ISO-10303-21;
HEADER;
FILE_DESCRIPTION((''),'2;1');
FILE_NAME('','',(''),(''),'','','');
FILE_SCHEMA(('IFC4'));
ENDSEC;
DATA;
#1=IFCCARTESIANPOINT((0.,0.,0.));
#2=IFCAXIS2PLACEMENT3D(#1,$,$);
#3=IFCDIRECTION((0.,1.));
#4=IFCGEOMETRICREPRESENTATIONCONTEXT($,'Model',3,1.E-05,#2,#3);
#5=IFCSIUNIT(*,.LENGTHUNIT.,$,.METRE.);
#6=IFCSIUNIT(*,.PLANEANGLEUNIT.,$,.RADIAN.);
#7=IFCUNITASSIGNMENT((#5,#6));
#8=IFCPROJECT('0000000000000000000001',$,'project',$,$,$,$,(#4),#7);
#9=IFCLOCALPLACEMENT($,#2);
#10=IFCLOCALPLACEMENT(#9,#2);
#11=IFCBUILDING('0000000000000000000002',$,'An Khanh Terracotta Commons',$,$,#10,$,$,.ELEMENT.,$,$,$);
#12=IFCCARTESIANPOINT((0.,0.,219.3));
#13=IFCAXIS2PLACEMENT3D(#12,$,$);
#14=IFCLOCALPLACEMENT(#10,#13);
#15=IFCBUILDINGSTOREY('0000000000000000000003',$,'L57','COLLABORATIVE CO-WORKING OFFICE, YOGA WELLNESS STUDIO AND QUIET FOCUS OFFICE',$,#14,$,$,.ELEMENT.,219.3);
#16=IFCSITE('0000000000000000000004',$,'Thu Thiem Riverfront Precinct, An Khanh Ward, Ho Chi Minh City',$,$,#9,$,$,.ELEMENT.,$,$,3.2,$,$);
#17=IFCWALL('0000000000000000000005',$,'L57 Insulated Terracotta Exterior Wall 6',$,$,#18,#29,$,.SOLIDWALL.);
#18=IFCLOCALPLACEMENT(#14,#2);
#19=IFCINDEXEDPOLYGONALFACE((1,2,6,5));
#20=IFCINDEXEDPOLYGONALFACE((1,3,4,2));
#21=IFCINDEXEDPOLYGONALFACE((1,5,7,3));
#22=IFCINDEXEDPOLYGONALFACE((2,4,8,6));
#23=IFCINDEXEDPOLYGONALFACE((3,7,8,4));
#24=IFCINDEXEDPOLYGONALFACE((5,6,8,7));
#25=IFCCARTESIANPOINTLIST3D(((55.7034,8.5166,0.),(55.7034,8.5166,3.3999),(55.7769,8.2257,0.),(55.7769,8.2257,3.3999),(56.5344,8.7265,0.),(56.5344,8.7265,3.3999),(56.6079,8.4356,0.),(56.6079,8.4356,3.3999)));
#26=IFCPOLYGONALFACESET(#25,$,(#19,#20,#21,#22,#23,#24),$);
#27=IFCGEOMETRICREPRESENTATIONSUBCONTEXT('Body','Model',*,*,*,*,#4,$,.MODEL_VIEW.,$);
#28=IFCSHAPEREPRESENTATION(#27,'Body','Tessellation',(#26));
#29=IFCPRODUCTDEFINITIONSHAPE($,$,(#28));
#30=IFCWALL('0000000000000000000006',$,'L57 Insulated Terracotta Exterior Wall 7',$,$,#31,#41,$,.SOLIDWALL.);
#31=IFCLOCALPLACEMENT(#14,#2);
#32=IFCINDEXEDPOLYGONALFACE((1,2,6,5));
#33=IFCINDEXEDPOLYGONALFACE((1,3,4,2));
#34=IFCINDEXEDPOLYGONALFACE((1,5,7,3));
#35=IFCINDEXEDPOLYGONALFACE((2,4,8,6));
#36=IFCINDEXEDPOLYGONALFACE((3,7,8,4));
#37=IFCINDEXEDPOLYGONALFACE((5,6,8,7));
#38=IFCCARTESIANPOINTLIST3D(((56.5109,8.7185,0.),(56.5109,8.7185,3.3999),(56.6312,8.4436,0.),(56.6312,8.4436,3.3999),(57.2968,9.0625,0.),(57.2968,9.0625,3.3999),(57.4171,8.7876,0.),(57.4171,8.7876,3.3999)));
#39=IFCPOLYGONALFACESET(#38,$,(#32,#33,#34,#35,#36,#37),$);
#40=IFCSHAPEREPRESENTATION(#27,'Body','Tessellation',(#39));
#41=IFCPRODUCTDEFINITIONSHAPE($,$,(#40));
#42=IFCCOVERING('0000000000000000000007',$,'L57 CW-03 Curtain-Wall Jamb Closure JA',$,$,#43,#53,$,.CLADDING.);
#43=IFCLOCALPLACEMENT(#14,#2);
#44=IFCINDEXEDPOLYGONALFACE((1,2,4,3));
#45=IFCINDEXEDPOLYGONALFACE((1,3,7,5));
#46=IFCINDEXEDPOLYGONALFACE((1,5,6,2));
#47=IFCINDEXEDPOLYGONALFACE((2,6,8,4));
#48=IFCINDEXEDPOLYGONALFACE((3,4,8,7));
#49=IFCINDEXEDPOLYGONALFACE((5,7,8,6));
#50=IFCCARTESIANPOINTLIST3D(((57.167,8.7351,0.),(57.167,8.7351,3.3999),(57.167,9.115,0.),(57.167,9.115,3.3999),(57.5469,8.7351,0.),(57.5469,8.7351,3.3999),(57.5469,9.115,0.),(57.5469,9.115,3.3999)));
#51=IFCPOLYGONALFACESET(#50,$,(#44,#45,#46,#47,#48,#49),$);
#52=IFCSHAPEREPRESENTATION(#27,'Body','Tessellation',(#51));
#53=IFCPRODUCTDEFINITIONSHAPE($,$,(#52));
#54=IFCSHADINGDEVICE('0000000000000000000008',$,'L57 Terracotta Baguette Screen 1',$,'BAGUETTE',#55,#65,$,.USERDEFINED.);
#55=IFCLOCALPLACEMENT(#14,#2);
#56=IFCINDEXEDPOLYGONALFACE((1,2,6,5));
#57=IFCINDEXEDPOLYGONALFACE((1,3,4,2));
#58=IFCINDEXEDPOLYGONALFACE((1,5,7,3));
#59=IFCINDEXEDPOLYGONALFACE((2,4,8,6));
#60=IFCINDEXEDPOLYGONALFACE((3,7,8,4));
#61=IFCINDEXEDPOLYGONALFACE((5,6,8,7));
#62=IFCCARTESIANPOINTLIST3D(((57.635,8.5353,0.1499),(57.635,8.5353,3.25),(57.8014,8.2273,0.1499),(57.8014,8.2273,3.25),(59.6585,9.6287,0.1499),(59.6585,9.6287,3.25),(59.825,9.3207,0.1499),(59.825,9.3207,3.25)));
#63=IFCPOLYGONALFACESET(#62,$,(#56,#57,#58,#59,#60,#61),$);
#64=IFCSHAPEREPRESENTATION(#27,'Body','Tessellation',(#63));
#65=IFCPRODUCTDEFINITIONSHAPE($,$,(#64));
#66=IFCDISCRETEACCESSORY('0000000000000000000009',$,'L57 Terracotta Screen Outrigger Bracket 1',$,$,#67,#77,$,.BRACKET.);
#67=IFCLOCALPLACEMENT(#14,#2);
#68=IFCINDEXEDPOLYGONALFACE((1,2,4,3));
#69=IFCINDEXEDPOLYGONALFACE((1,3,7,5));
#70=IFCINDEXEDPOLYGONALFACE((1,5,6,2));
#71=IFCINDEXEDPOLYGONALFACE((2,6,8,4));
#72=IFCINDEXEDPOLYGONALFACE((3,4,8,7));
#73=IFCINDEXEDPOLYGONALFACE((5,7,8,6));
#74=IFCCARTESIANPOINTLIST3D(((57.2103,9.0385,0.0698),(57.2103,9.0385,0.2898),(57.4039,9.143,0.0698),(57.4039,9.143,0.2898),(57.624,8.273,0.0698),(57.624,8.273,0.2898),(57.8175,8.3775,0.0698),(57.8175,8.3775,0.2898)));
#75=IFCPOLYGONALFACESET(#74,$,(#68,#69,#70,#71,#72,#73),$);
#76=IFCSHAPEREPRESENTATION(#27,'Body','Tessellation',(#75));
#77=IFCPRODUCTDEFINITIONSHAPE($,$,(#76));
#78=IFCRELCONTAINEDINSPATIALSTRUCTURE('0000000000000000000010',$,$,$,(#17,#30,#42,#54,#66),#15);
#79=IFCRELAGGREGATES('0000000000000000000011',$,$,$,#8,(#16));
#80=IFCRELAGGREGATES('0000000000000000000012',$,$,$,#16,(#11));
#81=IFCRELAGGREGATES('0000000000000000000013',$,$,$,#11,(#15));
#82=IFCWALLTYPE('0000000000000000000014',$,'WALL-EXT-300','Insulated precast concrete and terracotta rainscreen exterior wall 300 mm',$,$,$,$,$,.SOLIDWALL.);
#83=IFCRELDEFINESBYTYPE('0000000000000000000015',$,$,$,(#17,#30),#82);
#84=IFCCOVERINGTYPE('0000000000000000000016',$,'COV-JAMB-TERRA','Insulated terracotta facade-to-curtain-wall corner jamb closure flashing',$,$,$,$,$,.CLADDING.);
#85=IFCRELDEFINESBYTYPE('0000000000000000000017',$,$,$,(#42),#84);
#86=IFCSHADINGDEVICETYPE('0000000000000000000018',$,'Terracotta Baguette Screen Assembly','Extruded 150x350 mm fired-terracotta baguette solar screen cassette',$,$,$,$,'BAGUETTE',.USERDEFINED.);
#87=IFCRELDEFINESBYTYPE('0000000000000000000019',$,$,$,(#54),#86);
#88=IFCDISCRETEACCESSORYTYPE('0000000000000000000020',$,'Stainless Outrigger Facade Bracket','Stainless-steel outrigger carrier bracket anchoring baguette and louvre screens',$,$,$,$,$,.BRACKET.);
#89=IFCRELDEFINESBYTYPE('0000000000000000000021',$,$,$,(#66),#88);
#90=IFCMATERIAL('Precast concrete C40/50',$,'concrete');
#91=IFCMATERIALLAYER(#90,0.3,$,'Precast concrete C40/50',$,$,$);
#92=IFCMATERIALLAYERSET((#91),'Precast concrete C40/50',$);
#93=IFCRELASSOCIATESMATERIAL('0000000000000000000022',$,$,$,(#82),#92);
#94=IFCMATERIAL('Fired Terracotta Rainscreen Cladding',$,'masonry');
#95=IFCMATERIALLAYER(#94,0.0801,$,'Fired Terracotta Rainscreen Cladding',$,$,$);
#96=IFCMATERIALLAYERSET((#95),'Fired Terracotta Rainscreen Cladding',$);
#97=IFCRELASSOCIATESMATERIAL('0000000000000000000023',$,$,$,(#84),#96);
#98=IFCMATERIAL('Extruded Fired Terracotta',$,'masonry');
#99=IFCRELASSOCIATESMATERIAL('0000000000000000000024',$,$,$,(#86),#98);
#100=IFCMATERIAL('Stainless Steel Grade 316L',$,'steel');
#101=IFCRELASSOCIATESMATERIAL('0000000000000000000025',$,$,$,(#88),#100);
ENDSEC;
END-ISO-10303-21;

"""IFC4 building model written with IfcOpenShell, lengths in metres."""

from ifc_helpers import new_model, si_unit, direction, frame, frame_2d, origin, origin_2d, place, context, subcontext, project, spatial, rectangle, extrude, material, layer, layer_set, type_object, element, save


model = new_model("IFC4")

# Units and contexts
model_context = context("Model", 3, precision=1e-05, world=origin(), true_north=direction((0.0, 1.0)))
body_context = subcontext(model_context, "Body", "Model", "MODEL_VIEW")
ifc_project = project(units=[si_unit("LENGTHUNIT", "METRE"), si_unit("PLANEANGLEUNIT", "RADIAN")], contexts=[model_context])

# Site, building, storey
site_placement = place(None, origin())
site = spatial("IfcSite", under=ifc_project, at=site_placement, Name="Thu Thiem Riverfront Precinct, An Khanh Ward, Ho Chi Minh City", CompositionType="ELEMENT", RefElevation=3.2)
building_placement = place(site_placement, origin())
building = spatial("IfcBuilding", under=site, at=building_placement, Name="An Khanh Terracotta Commons", CompositionType="ELEMENT")
storey_placement = place(building_placement, frame((0.0, 0.0, 219.3)))
storey = spatial("IfcBuildingStorey", under=building, at=storey_placement, Name="L57", Description="COLLABORATIVE CO-WORKING OFFICE, YOGA WELLNESS STUDIO AND QUIET FOCUS OFFICE", CompositionType="ELEMENT", Elevation=219.3)

# Walls
ifc_material_1 = material(Name="Precast concrete C40/50", Category="concrete")
ifc_layer_1 = layer(ifc_material_1, 0.3, Name="Precast concrete C40/50")
ifc_layer_set_1 = layer_set([ifc_layer_1], Name="Precast concrete C40/50")
wall_type_1 = type_object("IfcWallType", Name="WALL-EXT-300", Description="Insulated precast concrete and terracotta rainscreen exterior wall 300 mm", PredefinedType="SOLIDWALL", material=ifc_layer_set_1)
wall_1_placement = place(storey_placement, frame((55.74, 8.3711, 0.0), z_axis=(0.0, 0.0, 1.0), x_axis=(0.969536, 0.244947, 0.0)))
element("IfcWall", 1, at=wall_1_placement, inside=storey, type_object=wall_type_1, Name="L57 Insulated Terracotta Exterior Wall 6", PredefinedType="SOLIDWALL", context=body_context, shape_type="SweptSolid", body=[
    extrude(rectangle(XDim=0.8572, YDim=0.3, at=frame_2d((0.4287, 0.0))), origin(), (0.0, 0.0, 1.0), 3.3999),
])
wall_2_placement = place(storey_placement, frame((56.571, 8.5811, 0.0), z_axis=(0.0, 0.0, 1.0), x_axis=(0.916085, 0.400983, 0.0)))
element("IfcWall", 2, at=wall_2_placement, inside=storey, type_object=wall_type_1, Name="L57 Insulated Terracotta Exterior Wall 7", PredefinedType="SOLIDWALL", context=body_context, shape_type="SweptSolid", body=[
    extrude(rectangle(XDim=0.8579, YDim=0.3, at=frame_2d((0.429, 0.0))), origin(), (0.0, 0.0, 1.0), 3.3999),
])

# Covering
ifc_material_2 = material(Name="Fired Terracotta Rainscreen Cladding", Category="masonry")
ifc_layer_2 = layer(ifc_material_2, 0.0801, Name="Fired Terracotta Rainscreen Cladding")
ifc_layer_set_2 = layer_set([ifc_layer_2], Name="Fired Terracotta Rainscreen Cladding")
covering_type = type_object("IfcCoveringType", Name="COV-JAMB-TERRA", Description="Insulated terracotta facade-to-curtain-wall corner jamb closure flashing", PredefinedType="CLADDING", material=ifc_layer_set_2)
covering_placement = place(storey_placement, frame((57.3569, 8.925, 0.0), z_axis=(0.0, 0.0, 1.0), x_axis=(1.0, 0.0, 0.0)))
element("IfcCovering", 3, at=covering_placement, inside=storey, type_object=covering_type, Name="L57 CW-03 Curtain-Wall Jamb Closure JA", PredefinedType="CLADDING", context=body_context, shape_type="SweptSolid", body=[
    extrude(rectangle(XDim=0.3799, YDim=0.3799, at=origin_2d()), origin(), (0.0, 0.0, 1.0), 3.3999),
])

# Shading device
ifc_material_3 = material(Name="Extruded Fired Terracotta", Category="masonry")
shading_device_type = type_object("IfcShadingDeviceType", Name="Terracotta Baguette Screen Assembly", Description="Extruded 150x350 mm fired-terracotta baguette solar screen cassette", ElementType="BAGUETTE", PredefinedType="USERDEFINED", material=ifc_material_3)
shading_device_placement = place(storey_placement, frame((58.73, 8.928, 0.1499), z_axis=(0.0, 0.0, 1.0), x_axis=(0.87978, 0.475381, 0.0)))
element("IfcShadingDevice", 4, at=shading_device_placement, inside=storey, type_object=shading_device_type, Name="L57 Terracotta Baguette Screen 1", ObjectType="BAGUETTE", PredefinedType="USERDEFINED", context=body_context, shape_type="SweptSolid", body=[
    extrude(rectangle(XDim=2.3, YDim=0.3501, at=origin_2d()), origin(), (0.0, 0.0, 1.0), 3.1001),
])

# Discrete accessory
ifc_material_4 = material(Name="Stainless Steel Grade 316L", Category="steel")
discrete_accessory_type = type_object("IfcDiscreteAccessoryType", Name="Stainless Outrigger Facade Bracket", Description="Stainless-steel outrigger carrier bracket anchoring baguette and louvre screens", PredefinedType="BRACKET", material=ifc_material_4)
discrete_accessory_placement = place(storey_placement, frame((57.5139, 8.708, 0.0698), z_axis=(0.0, 0.0, 1.0), x_axis=(0.87978, 0.475381, 0.0)))
element("IfcDiscreteAccessory", 5, at=discrete_accessory_placement, inside=storey, type_object=discrete_accessory_type, Name="L57 Terracotta Screen Outrigger Bracket 1", PredefinedType="BRACKET", context=body_context, shape_type="SweptSolid", body=[
    extrude(rectangle(XDim=0.22, YDim=0.8701, at=origin_2d()), origin(), (0.0, 0.0, 1.0), 0.22),
])

save(model, "model.ifc")
